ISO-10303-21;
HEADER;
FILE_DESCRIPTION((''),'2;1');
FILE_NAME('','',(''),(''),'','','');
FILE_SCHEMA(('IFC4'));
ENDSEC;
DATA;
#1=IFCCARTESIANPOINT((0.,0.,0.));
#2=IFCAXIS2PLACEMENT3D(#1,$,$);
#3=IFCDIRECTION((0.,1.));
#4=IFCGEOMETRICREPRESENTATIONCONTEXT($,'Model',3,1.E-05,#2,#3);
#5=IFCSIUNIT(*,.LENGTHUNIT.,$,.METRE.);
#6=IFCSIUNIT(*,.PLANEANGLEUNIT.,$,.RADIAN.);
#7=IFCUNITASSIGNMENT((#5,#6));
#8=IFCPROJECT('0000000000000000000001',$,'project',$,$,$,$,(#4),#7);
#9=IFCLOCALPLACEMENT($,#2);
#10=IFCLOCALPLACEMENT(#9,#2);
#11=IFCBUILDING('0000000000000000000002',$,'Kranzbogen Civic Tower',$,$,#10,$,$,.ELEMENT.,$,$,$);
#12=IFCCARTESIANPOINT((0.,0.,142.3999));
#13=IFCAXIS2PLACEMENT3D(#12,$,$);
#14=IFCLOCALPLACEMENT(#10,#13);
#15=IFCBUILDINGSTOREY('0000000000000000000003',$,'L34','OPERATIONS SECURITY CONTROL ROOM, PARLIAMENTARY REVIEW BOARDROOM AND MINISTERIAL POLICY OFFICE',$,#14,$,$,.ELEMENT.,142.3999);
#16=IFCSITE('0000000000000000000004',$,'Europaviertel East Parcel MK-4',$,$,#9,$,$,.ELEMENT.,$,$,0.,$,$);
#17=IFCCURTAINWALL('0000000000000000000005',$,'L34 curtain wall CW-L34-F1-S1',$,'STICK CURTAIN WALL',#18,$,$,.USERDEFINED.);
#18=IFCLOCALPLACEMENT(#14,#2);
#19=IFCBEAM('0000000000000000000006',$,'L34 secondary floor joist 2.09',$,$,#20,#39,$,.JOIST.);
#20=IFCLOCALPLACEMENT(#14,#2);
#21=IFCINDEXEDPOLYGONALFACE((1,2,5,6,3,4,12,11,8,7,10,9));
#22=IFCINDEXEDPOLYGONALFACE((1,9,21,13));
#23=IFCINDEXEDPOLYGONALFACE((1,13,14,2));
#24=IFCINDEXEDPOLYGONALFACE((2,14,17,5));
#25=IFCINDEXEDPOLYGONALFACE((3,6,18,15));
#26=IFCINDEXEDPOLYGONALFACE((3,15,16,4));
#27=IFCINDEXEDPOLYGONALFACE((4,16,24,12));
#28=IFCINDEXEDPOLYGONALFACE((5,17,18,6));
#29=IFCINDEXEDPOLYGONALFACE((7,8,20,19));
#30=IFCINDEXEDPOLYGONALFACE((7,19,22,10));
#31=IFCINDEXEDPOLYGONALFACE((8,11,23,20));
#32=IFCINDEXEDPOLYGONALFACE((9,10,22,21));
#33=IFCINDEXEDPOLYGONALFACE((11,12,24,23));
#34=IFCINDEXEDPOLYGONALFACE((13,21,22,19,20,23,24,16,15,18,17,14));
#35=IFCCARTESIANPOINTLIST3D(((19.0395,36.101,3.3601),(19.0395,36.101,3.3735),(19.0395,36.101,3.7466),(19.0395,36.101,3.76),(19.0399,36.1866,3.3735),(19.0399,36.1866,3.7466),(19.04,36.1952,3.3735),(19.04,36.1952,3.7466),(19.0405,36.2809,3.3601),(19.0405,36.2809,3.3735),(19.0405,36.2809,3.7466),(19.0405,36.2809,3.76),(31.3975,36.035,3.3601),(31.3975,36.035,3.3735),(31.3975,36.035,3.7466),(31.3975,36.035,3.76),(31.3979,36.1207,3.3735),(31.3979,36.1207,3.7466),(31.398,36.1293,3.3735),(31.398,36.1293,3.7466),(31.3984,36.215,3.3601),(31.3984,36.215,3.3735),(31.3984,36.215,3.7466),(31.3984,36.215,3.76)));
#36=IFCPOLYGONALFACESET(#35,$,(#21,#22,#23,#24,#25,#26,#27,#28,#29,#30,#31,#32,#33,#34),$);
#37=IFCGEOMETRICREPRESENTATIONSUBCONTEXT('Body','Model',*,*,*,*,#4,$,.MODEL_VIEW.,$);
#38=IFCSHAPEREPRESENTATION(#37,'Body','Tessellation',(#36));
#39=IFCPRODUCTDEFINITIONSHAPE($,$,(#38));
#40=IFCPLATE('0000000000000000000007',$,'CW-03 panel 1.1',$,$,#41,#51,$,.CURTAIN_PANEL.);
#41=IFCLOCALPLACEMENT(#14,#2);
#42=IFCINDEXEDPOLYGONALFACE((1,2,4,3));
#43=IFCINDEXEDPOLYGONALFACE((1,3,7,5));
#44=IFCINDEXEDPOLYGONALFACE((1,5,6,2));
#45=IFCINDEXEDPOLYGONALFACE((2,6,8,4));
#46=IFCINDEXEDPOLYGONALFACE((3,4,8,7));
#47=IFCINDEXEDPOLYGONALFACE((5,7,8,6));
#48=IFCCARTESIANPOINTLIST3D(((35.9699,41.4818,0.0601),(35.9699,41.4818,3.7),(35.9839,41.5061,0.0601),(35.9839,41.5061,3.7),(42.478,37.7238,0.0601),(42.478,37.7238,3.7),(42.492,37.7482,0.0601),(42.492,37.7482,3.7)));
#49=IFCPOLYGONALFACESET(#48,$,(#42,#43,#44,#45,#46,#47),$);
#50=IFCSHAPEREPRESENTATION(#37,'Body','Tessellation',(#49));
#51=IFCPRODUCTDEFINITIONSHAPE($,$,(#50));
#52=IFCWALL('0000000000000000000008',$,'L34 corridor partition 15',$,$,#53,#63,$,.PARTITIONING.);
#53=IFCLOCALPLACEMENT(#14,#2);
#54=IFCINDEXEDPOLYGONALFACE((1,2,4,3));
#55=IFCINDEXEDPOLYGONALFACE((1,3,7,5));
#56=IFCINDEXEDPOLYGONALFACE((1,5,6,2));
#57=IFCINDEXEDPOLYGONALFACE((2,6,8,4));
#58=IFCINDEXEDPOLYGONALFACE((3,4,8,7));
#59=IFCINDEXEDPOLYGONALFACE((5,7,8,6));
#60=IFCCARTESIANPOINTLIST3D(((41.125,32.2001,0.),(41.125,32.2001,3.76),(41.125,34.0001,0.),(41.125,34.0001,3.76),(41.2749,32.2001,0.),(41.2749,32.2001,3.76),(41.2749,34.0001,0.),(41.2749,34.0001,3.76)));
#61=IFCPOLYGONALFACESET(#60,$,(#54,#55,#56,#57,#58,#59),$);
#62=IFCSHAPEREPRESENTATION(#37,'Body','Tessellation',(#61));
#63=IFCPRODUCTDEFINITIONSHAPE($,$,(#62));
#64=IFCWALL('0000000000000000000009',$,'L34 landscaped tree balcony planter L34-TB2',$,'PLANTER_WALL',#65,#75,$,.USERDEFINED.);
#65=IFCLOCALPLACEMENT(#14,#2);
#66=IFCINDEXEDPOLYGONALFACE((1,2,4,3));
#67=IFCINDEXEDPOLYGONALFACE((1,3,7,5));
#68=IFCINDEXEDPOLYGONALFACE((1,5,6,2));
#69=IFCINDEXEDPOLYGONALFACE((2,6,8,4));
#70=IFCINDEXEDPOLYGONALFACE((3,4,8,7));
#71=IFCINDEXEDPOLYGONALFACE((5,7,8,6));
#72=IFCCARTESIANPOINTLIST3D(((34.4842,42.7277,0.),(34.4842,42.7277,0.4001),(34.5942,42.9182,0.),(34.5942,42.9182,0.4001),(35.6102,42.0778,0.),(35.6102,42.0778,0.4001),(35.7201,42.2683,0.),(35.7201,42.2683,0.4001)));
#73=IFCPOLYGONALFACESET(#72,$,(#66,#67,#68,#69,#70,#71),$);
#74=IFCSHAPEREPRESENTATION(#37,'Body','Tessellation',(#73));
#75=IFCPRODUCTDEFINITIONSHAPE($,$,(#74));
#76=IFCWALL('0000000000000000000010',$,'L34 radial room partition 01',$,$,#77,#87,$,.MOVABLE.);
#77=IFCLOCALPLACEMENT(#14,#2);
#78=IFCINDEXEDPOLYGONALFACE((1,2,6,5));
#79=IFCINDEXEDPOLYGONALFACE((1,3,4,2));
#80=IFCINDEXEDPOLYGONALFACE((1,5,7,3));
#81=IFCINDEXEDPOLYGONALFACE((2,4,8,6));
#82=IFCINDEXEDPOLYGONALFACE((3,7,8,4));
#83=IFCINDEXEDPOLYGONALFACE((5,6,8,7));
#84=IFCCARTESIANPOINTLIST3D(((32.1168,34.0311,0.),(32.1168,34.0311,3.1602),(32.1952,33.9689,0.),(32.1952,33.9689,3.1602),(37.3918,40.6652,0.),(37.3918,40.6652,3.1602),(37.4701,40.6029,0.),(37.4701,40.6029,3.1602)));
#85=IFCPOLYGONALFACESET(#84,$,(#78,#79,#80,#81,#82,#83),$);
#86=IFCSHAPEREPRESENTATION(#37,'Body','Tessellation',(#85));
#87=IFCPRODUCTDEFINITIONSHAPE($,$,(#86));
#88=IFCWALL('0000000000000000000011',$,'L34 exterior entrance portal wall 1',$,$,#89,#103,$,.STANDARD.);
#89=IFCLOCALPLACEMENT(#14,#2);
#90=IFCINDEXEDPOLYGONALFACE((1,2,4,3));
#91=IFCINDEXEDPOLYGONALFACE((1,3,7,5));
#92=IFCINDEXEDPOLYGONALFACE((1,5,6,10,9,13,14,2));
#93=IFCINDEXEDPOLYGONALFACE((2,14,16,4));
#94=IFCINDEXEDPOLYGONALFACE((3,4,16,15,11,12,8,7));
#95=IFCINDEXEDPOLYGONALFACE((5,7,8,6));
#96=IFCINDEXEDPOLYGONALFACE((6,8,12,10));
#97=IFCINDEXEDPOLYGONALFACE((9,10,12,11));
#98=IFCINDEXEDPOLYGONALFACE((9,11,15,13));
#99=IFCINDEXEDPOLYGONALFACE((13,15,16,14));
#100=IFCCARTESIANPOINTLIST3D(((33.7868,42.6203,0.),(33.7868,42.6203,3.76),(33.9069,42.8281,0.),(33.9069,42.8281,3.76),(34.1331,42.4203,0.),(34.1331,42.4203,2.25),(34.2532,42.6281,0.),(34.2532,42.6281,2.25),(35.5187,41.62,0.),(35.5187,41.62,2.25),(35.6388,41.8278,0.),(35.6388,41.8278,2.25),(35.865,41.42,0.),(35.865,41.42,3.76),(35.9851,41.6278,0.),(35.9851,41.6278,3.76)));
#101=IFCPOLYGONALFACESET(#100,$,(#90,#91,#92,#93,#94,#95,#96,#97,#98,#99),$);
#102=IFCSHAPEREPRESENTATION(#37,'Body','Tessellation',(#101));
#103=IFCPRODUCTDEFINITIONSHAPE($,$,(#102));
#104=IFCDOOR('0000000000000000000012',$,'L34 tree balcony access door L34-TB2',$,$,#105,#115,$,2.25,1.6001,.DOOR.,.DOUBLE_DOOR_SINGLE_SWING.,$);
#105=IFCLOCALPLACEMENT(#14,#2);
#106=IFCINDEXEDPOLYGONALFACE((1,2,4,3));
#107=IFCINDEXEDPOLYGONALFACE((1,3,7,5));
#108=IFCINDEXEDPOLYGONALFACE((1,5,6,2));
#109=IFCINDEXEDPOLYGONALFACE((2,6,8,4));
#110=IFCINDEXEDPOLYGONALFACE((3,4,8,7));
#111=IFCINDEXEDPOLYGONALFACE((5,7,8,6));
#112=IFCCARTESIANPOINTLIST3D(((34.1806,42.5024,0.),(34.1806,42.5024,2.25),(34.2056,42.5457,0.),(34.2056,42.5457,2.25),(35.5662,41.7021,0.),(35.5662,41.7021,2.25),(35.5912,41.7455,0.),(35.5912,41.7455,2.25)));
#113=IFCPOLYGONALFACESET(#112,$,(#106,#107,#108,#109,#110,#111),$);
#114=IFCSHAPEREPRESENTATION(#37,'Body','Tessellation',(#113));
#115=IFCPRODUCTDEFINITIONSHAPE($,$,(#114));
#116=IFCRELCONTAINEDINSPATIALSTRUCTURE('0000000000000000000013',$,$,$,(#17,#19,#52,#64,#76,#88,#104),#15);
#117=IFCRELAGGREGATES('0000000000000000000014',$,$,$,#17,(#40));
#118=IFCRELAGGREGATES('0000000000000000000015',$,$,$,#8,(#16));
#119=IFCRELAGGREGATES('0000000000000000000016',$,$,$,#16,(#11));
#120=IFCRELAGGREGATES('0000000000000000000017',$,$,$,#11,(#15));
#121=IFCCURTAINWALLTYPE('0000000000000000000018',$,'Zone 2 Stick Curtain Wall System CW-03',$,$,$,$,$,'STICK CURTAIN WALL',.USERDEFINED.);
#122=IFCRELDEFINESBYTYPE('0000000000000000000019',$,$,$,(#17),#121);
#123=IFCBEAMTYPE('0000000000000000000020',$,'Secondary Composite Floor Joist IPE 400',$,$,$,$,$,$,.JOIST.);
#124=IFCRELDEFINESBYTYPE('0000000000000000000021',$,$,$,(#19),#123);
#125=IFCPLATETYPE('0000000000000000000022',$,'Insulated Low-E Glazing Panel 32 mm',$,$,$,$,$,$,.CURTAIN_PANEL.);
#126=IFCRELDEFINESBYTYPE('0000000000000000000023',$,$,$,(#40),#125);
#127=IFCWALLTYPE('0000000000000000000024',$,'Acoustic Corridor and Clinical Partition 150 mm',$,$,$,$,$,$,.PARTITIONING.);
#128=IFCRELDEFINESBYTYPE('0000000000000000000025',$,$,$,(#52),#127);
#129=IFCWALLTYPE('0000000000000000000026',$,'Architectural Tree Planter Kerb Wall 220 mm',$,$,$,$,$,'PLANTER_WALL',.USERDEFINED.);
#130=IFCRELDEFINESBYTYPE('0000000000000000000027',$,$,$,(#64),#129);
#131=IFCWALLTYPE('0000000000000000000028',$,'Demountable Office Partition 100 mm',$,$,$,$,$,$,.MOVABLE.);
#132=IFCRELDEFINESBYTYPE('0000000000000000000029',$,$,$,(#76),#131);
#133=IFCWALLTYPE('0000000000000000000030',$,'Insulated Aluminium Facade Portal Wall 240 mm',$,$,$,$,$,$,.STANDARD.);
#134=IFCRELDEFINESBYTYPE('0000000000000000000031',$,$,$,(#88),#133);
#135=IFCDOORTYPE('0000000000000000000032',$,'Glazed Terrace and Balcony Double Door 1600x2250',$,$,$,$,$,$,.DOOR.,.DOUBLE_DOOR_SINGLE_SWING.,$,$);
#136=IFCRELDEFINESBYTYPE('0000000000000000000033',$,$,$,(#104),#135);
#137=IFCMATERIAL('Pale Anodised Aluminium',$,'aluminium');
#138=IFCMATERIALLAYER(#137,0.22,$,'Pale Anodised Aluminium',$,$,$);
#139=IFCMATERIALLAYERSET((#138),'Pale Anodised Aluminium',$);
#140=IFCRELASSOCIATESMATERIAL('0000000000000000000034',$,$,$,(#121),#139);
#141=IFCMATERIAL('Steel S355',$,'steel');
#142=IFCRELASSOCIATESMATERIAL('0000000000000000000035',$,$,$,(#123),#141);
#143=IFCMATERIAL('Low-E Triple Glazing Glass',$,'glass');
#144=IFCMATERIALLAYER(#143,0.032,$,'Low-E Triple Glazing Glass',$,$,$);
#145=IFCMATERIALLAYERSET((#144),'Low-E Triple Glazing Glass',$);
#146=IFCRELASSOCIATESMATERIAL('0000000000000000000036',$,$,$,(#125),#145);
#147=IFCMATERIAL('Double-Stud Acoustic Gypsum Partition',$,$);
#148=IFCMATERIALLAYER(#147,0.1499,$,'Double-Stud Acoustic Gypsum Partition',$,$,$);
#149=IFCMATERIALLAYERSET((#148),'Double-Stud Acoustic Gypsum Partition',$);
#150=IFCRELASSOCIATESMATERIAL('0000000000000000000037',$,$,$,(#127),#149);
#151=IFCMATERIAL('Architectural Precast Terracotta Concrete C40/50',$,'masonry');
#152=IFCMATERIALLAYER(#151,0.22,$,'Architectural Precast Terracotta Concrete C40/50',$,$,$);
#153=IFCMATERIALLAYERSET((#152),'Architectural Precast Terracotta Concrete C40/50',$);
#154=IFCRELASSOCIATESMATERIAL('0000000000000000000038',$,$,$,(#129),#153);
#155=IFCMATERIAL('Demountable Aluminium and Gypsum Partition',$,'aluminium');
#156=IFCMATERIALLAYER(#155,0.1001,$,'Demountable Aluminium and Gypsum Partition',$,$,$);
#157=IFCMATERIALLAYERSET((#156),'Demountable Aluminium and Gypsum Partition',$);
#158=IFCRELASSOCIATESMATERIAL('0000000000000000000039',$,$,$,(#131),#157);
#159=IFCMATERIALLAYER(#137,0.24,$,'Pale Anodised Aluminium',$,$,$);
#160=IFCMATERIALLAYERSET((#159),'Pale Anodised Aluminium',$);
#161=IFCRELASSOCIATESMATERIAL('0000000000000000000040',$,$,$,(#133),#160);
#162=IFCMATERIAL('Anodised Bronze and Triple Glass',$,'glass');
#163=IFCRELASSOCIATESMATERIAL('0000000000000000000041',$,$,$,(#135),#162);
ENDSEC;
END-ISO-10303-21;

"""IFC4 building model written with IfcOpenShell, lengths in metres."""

from ifc_helpers import new_model, si_unit, direction, frame, frame_2d, origin, origin_2d, place, context, subcontext, project, spatial, rectangle, i_section, extrude, material, layer, layer_set, material_profile, profile_set, type_object, element, fill, aggregate, save


model = new_model("IFC4")

# Units and contexts
model_context = context("Model", 3, precision=1e-05, world=origin(), true_north=direction((0.0, 1.0)))
body_context = subcontext(model_context, "Body", "Model", "MODEL_VIEW")
ifc_project = project(units=[si_unit("LENGTHUNIT", "METRE"), si_unit("PLANEANGLEUNIT", "RADIAN")], contexts=[model_context])

# Site, building, storey
site_placement = place(None, origin())
site = spatial("IfcSite", under=ifc_project, at=site_placement, Name="Europaviertel East Parcel MK-4", CompositionType="ELEMENT", RefElevation=0.0)
building_placement = place(site_placement, origin())
building = spatial("IfcBuilding", under=site, at=building_placement, Name="Kranzbogen Civic Tower", CompositionType="ELEMENT")
storey_placement = place(building_placement, frame((0.0, 0.0, 142.3999)))
storey = spatial("IfcBuildingStorey", under=building, at=storey_placement, Name="L34", Description="OPERATIONS SECURITY CONTROL ROOM, PARLIAMENTARY REVIEW BOARDROOM AND MINISTERIAL POLICY OFFICE", CompositionType="ELEMENT", Elevation=142.3999)

# Shared definitions
ifc_material_1 = material(Name="Steel S355", Category="steel")

# Curtain wall
ifc_material_2 = material(Name="Pale Anodised Aluminium", Category="aluminium")
ifc_layer_1 = layer(ifc_material_2, 0.22, Name="Pale Anodised Aluminium")
ifc_layer_set_1 = layer_set([ifc_layer_1], Name="Pale Anodised Aluminium")
curtain_wall_type = type_object("IfcCurtainWallType", Name="Zone 2 Stick Curtain Wall System CW-03", ElementType="STICK CURTAIN WALL", PredefinedType="USERDEFINED", material=ifc_layer_set_1)
curtain_wall_1_placement = place(storey_placement, origin())
curtain_wall_1 = element("IfcCurtainWall", 1, at=curtain_wall_1_placement, inside=storey, type_object=curtain_wall_type, Name="L34 curtain wall CW-L34-F1-S1", ObjectType="STICK CURTAIN WALL", PredefinedType="USERDEFINED")

# Beam
ifc_material_profile_1 = material_profile(ifc_material_1, i_section(OverallWidth=0.1799, OverallDepth=0.3999, WebThickness=0.0085, FlangeThickness=0.0134, at=origin_2d()), Name="IPE 400")
ifc_profile_set_1 = profile_set([ifc_material_profile_1], Name="Steel S355")
beam_type_1 = type_object("IfcBeamType", Name="Secondary Composite Floor Joist IPE 400", PredefinedType="JOIST", material=ifc_profile_set_1)
beam_1_placement = place(storey_placement, frame((31.3979, 36.125, 3.5601), z_axis=(-0.999986, 0.005334, 0.0), x_axis=(-0.005334, -0.999986, 0.0)))
element("IfcBeam", 2, at=beam_1_placement, inside=storey, type_object=beam_type_1, Name="L34 secondary floor joist 2.09", PredefinedType="JOIST", context=body_context, shape_type="SweptSolid", body=[
    extrude(i_section(OverallWidth=0.1799, OverallDepth=0.3999, WebThickness=0.0085, FlangeThickness=0.0134, at=origin_2d()), origin(), (0.0, 0.0, 1.0), 12.3582),
])

# Plate
ifc_material_3 = material(Name="Low-E Triple Glazing Glass", Category="glass")
ifc_layer_2 = layer(ifc_material_3, 0.032, Name="Low-E Triple Glazing Glass")
ifc_layer_set_2 = layer_set([ifc_layer_2], Name="Low-E Triple Glazing Glass")
plate_type = type_object("IfcPlateType", Name="Insulated Low-E Glazing Panel 32 mm", PredefinedType="CURTAIN_PANEL", material=ifc_layer_set_2)
plate_placement = place(storey_placement, frame((39.231, 39.615, 0.0601), z_axis=(0.0, 0.0, 1.0), x_axis=(-0.865994, 0.500055, 0.0)))
plate = element("IfcPlate", 3, at=plate_placement, type_object=plate_type, Name="CW-03 panel 1.1", PredefinedType="CURTAIN_PANEL", context=body_context, shape_type="SweptSolid", body=[
    extrude(rectangle(XDim=7.5151, YDim=0.0281, at=origin_2d()), origin(), (0.0, 0.0, 1.0), 3.6399),
])
aggregate(curtain_wall_1, [plate])

# Walls
ifc_material_4 = material(Name="Double-Stud Acoustic Gypsum Partition")
ifc_layer_3 = layer(ifc_material_4, 0.1499, Name="Double-Stud Acoustic Gypsum Partition")
ifc_layer_set_3 = layer_set([ifc_layer_3], Name="Double-Stud Acoustic Gypsum Partition")
wall_type_1 = type_object("IfcWallType", Name="Acoustic Corridor and Clinical Partition 150 mm", PredefinedType="PARTITIONING", material=ifc_layer_set_3)
wall_1_placement = place(storey_placement, frame((41.2, 34.0, 0.0), z_axis=(0.0, 0.0, 1.0), x_axis=(0.0, -1.0, 0.0)))
element("IfcWall", 4, at=wall_1_placement, inside=storey, type_object=wall_type_1, Name="L34 corridor partition 15", PredefinedType="PARTITIONING", context=body_context, shape_type="SweptSolid", body=[
    extrude(rectangle(XDim=1.8, YDim=0.1499, at=frame_2d((0.8999, 0.0))), origin(), (0.0, 0.0, 1.0), 3.76),
])
ifc_material_5 = material(Name="Architectural Precast Terracotta Concrete C40/50", Category="masonry")
ifc_layer_4 = layer(ifc_material_5, 0.22, Name="Architectural Precast Terracotta Concrete C40/50")
ifc_layer_set_4 = layer_set([ifc_layer_4], Name="Architectural Precast Terracotta Concrete C40/50")
wall_type_2 = type_object("IfcWallType", Name="Architectural Tree Planter Kerb Wall 220 mm", ElementType="PLANTER_WALL", PredefinedType="USERDEFINED", material=ifc_layer_set_4)
wall_2_placement = place(storey_placement, frame((35.665, 42.1731, 0.0), z_axis=(0.0, 0.0, 1.0), x_axis=(-0.866086, 0.499896, 0.0)))
element("IfcWall", 5, at=wall_2_placement, inside=storey, type_object=wall_type_2, Name="L34 landscaped tree balcony planter L34-TB2", ObjectType="PLANTER_WALL", PredefinedType="USERDEFINED", context=body_context, shape_type="SweptSolid", body=[
    extrude(rectangle(XDim=1.3, YDim=0.22, at=frame_2d((0.6499, 0.0))), origin(), (0.0, 0.0, 1.0), 0.4001),
])
ifc_material_6 = material(Name="Demountable Aluminium and Gypsum Partition", Category="aluminium")
ifc_layer_5 = layer(ifc_material_6, 0.1001, Name="Demountable Aluminium and Gypsum Partition")
ifc_layer_set_5 = layer_set([ifc_layer_5], Name="Demountable Aluminium and Gypsum Partition")
wall_type_3 = type_object("IfcWallType", Name="Demountable Office Partition 100 mm", PredefinedType="MOVABLE", material=ifc_layer_set_5)
wall_3_placement = place(storey_placement, frame((32.156, 34.0, 0.0), z_axis=(0.0, 0.0, 1.0), x_axis=(0.622367, 0.782726, 0.0)))
element("IfcWall", 6, at=wall_3_placement, inside=storey, type_object=wall_type_3, Name="L34 radial room partition 01", PredefinedType="MOVABLE", context=body_context, shape_type="SweptSolid", body=[
    extrude(rectangle(XDim=8.4756, YDim=0.1001, at=frame_2d((4.2378, 0.0))), origin(), (0.0, 0.0, 1.0), 3.1602),
])

# Wall, opening, door
ifc_layer_6 = layer(ifc_material_2, 0.24, Name="Pale Anodised Aluminium")
ifc_layer_set_6 = layer_set([ifc_layer_6], Name="Pale Anodised Aluminium")
wall_type_4 = type_object("IfcWallType", Name="Insulated Aluminium Facade Portal Wall 240 mm", PredefinedType="STANDARD", material=ifc_layer_set_6)
wall_4_placement = place(storey_placement, frame((35.925, 41.5239, 0.0), z_axis=(0.0, 0.0, 1.0), x_axis=(-0.865955, 0.500122, 0.0)))
wall_4 = element("IfcWall", 7, at=wall_4_placement, inside=storey, type_object=wall_type_4, Name="L34 exterior entrance portal wall 1", PredefinedType="STANDARD", context=body_context, shape_type="SweptSolid", body=[
    extrude(rectangle(XDim=2.3999, YDim=0.24, at=frame_2d((1.2, 0.0))), origin(), (0.0, 0.0, 1.0), 3.76),
])
opening_placement = place(wall_4_placement, frame((0.3999, 0.0, 0.0)))
opening = element("IfcOpeningElement", 8, at=opening_placement, cuts=wall_4, PredefinedType="OPENING", context=body_context, shape_type="SweptSolid", body=[
    extrude(rectangle(XDim=1.6001, YDim=2.25, at=frame_2d((0.8, 1.125))), frame((0.0, 0.1299, 0.0), z_axis=(0.0, -1.0, 0.0), x_axis=(1.0, 0.0, 0.0)), (0.0, 0.0, 1.0), 0.26),
])
ifc_material_7 = material(Name="Anodised Bronze and Triple Glass", Category="glass")
door_type = type_object("IfcDoorType", Name="Glazed Terrace and Balcony Double Door 1600x2250", OperationType="DOUBLE_DOOR_SINGLE_SWING", PredefinedType="DOOR", material=ifc_material_7)
door_placement = place(opening_placement, frame((1.6001, 0.0, 0.0), z_axis=(0.0, 0.0, 1.0), x_axis=(-1.0, 0.0, 0.0)))
door = element("IfcDoor", 9, at=door_placement, inside=storey, type_object=door_type, Name="L34 tree balcony access door L34-TB2", OperationType="DOUBLE_DOOR_SINGLE_SWING", OverallHeight=2.25, OverallWidth=1.6001, PredefinedType="DOOR", context=body_context, shape_type="SweptSolid", body=[
    extrude(rectangle(XDim=1.6001, YDim=2.25, at=frame_2d((0.8, 1.125))), frame((0.0, 0.0249, 0.0), z_axis=(0.0, -1.0, 0.0), x_axis=(1.0, 0.0, 0.0)), (0.0, 0.0, 1.0), 0.05),
])
fill(opening, door)

save(model, "model.ifc")
